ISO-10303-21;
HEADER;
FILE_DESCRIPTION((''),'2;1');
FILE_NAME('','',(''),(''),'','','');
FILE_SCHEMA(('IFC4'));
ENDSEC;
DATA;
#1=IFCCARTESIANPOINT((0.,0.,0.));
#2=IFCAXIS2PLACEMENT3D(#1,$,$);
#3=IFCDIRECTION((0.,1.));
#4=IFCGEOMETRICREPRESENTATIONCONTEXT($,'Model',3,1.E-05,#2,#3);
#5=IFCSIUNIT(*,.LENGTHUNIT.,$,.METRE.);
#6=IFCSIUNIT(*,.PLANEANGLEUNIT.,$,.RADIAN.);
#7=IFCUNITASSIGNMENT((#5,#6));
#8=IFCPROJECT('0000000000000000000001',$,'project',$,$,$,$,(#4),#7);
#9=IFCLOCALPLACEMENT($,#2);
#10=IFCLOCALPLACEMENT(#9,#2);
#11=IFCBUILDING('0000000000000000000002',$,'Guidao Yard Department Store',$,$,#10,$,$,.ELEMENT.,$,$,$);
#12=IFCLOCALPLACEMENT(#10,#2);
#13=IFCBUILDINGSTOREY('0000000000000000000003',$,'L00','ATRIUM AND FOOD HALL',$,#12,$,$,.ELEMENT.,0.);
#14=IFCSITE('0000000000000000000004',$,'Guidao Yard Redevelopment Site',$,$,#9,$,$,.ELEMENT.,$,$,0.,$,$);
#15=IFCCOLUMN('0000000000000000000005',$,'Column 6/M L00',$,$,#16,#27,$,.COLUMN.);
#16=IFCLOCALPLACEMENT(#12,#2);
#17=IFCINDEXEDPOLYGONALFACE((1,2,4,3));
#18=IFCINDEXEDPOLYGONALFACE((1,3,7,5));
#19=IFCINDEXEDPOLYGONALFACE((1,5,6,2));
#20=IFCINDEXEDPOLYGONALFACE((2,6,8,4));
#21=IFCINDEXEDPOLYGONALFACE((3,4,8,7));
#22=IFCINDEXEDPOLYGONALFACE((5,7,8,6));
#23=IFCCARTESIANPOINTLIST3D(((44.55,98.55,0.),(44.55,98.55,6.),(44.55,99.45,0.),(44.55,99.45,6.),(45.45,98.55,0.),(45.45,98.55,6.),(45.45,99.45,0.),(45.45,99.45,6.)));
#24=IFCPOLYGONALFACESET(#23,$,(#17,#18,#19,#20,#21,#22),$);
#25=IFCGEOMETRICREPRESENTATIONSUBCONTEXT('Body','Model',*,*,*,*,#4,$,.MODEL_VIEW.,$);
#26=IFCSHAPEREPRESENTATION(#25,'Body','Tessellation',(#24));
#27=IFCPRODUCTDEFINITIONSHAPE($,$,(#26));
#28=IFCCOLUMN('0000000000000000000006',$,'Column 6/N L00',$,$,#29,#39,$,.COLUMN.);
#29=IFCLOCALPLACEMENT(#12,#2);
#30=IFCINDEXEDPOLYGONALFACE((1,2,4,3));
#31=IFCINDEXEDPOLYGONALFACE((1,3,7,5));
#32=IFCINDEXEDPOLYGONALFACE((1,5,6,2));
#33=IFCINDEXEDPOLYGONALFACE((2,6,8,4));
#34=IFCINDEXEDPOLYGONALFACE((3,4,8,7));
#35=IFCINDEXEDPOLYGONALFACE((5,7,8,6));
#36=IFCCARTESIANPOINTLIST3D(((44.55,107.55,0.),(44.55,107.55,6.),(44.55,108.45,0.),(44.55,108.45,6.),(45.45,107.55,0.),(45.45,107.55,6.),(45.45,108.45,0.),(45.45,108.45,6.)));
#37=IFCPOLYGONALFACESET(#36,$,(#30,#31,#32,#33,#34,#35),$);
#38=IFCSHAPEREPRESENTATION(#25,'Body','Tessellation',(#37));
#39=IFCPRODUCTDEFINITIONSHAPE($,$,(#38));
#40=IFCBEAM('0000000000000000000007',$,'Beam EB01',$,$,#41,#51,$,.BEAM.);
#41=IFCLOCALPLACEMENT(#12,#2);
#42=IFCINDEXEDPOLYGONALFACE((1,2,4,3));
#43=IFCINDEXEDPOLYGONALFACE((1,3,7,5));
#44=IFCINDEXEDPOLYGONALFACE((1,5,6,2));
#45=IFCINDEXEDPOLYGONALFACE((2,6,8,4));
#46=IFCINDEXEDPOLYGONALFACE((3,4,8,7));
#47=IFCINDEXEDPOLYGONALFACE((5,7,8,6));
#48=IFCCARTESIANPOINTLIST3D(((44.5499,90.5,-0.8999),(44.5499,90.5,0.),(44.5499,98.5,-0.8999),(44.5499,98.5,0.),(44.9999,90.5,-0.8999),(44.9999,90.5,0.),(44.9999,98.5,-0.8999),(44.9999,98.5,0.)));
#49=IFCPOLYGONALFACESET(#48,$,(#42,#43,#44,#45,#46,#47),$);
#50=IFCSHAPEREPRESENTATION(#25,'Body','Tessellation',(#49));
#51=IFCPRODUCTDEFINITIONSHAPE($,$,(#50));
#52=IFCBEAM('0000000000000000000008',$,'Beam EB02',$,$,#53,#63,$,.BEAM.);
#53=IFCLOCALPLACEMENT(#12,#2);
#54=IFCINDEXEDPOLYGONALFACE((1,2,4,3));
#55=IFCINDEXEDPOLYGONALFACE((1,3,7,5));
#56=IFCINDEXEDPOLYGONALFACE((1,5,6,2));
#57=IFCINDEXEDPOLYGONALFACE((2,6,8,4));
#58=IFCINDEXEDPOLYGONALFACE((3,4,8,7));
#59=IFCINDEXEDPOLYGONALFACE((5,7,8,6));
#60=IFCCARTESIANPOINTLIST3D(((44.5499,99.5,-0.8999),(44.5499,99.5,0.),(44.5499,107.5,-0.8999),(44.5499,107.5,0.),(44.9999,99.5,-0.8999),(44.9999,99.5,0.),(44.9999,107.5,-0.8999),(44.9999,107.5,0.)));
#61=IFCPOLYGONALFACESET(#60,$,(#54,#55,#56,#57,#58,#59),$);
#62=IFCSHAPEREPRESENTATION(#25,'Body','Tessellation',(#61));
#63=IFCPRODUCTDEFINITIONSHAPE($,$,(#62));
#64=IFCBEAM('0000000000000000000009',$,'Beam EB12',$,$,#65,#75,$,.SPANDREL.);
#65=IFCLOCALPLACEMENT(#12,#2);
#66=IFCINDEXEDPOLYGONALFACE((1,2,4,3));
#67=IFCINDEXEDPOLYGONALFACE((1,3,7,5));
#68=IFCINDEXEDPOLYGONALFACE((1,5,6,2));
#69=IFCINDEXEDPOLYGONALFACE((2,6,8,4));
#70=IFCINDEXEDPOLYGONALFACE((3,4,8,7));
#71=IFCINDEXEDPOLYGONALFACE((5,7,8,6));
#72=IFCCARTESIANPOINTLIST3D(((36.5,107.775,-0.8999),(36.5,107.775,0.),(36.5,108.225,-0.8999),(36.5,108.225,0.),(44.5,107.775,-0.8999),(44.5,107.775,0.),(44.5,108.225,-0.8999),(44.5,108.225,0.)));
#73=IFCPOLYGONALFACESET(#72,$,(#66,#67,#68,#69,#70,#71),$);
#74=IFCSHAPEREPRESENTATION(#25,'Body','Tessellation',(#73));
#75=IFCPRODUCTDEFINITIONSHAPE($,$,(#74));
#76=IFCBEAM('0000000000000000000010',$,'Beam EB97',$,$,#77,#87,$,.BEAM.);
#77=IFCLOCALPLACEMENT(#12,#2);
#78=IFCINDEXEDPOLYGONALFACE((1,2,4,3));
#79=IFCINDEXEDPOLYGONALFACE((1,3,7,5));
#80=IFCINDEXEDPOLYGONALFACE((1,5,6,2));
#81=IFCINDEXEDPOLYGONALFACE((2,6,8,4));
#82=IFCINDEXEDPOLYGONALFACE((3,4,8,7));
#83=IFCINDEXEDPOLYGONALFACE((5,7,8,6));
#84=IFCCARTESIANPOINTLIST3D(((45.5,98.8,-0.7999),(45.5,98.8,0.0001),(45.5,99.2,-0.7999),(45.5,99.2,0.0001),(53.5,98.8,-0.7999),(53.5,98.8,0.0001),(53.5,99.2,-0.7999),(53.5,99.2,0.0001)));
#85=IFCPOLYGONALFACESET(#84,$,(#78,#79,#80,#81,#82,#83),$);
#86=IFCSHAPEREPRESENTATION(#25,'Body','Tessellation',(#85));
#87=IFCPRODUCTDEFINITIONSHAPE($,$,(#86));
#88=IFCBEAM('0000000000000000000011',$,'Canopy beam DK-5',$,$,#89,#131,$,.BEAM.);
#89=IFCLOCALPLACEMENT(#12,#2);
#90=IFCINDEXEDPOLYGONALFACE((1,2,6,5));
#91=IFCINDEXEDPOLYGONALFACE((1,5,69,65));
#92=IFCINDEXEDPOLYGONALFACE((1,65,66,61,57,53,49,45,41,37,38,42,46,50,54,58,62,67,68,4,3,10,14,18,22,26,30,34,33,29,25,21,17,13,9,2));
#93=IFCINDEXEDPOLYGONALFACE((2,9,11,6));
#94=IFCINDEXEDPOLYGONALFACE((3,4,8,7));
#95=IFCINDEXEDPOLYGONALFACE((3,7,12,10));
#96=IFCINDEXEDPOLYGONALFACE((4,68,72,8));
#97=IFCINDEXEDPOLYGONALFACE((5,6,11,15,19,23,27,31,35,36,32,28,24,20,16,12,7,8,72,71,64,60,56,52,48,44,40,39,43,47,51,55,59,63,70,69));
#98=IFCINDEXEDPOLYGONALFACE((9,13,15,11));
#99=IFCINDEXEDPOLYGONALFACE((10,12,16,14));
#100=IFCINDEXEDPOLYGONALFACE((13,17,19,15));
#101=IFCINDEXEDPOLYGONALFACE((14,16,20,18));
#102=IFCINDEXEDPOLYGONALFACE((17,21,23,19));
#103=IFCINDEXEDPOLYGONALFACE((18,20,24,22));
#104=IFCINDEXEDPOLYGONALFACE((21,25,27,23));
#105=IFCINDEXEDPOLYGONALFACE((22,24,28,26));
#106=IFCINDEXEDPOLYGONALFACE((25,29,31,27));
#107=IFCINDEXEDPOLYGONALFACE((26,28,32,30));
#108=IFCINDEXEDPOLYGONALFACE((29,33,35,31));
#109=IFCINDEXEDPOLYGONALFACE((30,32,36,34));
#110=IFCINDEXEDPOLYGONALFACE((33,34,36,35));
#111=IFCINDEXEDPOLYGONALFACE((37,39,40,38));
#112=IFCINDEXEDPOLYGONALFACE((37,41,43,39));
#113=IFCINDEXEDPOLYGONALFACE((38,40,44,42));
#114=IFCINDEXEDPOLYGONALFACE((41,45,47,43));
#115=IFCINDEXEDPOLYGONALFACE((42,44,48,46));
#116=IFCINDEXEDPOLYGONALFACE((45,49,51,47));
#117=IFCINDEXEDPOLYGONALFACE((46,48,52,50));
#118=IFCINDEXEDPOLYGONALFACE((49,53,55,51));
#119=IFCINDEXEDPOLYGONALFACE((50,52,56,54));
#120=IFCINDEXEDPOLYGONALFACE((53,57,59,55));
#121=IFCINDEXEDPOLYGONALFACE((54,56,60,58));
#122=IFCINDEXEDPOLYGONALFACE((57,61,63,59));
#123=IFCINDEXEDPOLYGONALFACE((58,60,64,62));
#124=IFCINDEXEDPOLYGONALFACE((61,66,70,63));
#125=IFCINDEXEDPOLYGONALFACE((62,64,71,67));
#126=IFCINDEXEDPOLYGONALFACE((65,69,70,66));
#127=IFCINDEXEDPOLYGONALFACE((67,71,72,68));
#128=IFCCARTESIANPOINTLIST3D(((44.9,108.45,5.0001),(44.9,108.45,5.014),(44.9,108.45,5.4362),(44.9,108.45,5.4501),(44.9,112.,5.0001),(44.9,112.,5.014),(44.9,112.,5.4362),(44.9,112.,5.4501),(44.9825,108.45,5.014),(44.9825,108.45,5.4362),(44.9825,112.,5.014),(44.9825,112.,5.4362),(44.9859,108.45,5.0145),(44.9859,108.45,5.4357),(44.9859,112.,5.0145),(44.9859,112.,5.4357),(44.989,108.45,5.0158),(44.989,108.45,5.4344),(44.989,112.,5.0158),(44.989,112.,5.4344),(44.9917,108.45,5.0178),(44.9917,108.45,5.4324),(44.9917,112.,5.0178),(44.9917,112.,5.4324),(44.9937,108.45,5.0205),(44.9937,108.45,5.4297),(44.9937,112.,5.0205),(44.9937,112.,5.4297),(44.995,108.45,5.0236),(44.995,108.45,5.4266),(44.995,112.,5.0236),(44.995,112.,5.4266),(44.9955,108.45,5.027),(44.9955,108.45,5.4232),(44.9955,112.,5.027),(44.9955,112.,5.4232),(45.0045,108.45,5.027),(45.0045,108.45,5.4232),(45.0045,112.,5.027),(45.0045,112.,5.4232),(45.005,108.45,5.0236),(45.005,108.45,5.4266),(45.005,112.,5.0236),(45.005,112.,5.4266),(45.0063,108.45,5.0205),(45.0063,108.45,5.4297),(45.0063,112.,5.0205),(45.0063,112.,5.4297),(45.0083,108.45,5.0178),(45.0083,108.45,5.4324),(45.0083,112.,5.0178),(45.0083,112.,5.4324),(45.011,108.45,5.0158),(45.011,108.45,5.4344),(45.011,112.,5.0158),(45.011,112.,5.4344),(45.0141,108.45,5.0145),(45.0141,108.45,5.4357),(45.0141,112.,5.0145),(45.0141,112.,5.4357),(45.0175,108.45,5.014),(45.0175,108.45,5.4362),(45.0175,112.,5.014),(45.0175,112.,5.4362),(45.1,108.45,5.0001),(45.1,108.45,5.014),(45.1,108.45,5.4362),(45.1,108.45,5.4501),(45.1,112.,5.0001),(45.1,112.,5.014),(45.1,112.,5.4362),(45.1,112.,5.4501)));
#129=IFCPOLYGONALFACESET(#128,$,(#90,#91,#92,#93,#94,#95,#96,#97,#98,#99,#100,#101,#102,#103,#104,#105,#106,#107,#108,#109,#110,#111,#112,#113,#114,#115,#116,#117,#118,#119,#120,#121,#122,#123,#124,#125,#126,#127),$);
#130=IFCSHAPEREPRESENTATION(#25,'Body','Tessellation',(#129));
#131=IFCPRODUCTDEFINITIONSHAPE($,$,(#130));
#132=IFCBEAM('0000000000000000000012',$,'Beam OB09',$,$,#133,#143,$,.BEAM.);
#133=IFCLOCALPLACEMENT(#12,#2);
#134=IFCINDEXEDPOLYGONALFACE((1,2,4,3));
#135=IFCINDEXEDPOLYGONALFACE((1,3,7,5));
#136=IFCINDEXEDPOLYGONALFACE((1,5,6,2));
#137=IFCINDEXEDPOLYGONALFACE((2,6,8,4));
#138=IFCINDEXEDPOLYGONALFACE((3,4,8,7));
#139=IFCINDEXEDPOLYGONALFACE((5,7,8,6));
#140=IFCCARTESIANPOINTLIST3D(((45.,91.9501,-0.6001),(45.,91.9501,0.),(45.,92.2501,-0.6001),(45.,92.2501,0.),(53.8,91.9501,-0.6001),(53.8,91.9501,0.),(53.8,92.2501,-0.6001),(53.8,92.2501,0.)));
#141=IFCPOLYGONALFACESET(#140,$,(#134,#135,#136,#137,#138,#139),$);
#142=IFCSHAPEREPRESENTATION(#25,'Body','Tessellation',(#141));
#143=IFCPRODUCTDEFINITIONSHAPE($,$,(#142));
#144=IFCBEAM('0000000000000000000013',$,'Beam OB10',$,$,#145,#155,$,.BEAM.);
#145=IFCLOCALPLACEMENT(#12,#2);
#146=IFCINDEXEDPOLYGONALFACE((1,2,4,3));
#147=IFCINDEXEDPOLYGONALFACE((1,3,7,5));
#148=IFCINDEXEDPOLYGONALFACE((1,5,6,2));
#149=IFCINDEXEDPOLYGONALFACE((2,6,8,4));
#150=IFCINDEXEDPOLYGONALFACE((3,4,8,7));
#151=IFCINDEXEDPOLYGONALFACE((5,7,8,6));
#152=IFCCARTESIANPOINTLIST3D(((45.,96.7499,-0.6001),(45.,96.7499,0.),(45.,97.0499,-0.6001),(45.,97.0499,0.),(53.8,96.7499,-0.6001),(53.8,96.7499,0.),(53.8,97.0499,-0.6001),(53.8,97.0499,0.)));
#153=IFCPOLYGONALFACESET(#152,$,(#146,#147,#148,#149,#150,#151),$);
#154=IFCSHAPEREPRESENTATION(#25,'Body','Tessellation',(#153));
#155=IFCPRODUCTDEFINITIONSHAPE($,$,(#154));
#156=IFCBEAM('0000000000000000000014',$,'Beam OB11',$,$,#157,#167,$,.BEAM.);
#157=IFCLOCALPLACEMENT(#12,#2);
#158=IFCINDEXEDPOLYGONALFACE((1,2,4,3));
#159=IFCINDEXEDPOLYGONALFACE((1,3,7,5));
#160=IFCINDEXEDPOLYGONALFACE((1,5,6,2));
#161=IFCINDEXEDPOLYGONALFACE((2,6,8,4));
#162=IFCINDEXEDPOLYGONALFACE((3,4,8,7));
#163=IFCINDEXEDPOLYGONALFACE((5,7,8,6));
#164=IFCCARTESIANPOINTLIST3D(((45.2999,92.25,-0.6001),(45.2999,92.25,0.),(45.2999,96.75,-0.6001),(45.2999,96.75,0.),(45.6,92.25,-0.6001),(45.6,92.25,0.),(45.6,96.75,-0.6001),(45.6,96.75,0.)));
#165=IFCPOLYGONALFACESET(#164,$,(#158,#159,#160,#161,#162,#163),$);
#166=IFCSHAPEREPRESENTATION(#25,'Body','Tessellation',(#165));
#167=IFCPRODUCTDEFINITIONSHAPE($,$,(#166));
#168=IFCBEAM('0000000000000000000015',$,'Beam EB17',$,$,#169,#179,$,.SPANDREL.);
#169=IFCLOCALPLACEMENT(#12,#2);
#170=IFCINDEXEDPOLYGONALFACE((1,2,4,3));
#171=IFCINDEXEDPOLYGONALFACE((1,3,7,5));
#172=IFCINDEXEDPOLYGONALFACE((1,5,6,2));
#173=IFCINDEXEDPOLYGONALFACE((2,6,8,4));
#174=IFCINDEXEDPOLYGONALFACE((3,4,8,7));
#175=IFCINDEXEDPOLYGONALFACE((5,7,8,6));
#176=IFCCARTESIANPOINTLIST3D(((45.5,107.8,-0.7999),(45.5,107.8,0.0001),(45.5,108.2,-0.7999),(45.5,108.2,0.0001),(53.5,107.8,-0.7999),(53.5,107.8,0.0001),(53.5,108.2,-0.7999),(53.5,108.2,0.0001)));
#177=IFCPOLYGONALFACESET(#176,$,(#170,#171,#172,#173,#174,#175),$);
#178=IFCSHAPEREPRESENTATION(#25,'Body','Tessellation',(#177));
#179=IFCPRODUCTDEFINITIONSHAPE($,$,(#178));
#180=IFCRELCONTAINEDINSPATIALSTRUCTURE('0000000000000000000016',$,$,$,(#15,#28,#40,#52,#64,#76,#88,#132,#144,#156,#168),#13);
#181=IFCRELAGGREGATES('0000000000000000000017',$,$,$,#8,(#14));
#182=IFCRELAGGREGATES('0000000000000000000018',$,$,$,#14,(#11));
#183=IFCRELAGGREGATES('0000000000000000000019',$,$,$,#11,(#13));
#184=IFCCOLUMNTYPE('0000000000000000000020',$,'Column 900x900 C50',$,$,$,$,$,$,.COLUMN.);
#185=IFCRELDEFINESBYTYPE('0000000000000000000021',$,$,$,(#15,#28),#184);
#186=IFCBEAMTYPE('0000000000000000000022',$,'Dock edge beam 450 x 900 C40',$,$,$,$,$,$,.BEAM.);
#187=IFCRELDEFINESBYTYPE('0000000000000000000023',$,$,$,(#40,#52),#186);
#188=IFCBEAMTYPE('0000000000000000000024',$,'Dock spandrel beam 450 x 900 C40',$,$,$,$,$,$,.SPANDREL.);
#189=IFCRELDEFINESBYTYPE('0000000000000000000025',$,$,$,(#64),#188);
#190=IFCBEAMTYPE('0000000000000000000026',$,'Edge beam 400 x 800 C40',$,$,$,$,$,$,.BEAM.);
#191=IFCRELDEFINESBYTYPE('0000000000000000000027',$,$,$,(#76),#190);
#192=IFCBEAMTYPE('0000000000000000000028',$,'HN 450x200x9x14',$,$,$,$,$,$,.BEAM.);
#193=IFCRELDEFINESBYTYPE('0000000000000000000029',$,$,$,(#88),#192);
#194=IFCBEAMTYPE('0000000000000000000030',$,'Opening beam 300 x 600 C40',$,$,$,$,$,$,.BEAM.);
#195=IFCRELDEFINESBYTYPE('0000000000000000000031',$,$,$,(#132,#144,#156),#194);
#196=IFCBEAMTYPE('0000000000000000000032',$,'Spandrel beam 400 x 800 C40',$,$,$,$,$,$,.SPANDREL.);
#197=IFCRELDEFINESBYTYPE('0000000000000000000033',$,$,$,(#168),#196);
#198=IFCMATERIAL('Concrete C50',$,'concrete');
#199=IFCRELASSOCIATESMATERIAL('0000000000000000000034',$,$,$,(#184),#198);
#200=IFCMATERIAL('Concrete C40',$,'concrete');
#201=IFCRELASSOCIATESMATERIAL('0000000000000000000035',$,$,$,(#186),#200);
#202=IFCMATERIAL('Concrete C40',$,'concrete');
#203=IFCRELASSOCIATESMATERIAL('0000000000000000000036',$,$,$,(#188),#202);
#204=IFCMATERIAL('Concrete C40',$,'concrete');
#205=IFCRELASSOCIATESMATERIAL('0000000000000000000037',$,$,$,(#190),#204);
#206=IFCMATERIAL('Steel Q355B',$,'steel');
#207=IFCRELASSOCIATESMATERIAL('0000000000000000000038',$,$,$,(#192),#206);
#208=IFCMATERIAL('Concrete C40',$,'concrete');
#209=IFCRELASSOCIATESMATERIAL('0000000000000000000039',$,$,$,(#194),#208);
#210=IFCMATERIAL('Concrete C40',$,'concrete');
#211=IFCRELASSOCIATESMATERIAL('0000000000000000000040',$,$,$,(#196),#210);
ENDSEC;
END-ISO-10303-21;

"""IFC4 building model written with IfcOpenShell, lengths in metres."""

from ifc_helpers import new_model, si_unit, direction, frame, origin, origin_2d, place, context, subcontext, project, spatial, rectangle, i_section, extrude, material, material_profile, profile_set, type_object, element, save


model = new_model("IFC4")

# Units and contexts
model_context = context("Model", 3, precision=1e-05, world=origin(), true_north=direction((0.0, 1.0)))
body_context = subcontext(model_context, "Body", "Model", "MODEL_VIEW")
ifc_project = project(units=[si_unit("LENGTHUNIT", "METRE"), si_unit("PLANEANGLEUNIT", "RADIAN")], contexts=[model_context])

# Site, building, storey
site_placement = place(None, origin())
site = spatial("IfcSite", under=ifc_project, at=site_placement, Name="Guidao Yard Redevelopment Site", CompositionType="ELEMENT", RefElevation=0.0)
building_placement = place(site_placement, origin())
building = spatial("IfcBuilding", under=site, at=building_placement, Name="Guidao Yard Department Store", CompositionType="ELEMENT")
storey_placement = place(building_placement, origin())
storey = spatial("IfcBuildingStorey", under=building, at=storey_placement, Name="L00", Description="ATRIUM AND FOOD HALL", CompositionType="ELEMENT", Elevation=0.0)

# Columns
ifc_material_1 = material(Name="Concrete C50", Category="concrete")
ifc_material_profile_1 = material_profile(ifc_material_1, rectangle(XDim=0.8999, YDim=0.8999, at=origin_2d()), Name="COL 900x900")
ifc_profile_set_1 = profile_set([ifc_material_profile_1], Name="Concrete C50")
column_type = type_object("IfcColumnType", Name="Column 900x900 C50", PredefinedType="COLUMN", material=ifc_profile_set_1)
for number, where, z_axis, x_axis, name in (
    (1, (45.0, 99.0, 0.0), (0.0, 0.0, 1.0), (1.0, 0.0, 0.0), "Column 6/M L00"),
    (2, (45.0, 108.0, 0.0), (0.0, 0.0, 1.0), (1.0, 0.0, 0.0), "Column 6/N L00"),
):
    element("IfcColumn", number, at=place(storey_placement, frame(where, z_axis=z_axis, x_axis=x_axis)), inside=storey, type_object=column_type, Name=name, PredefinedType="COLUMN", context=body_context, shape_type="SweptSolid", body=[
        extrude(rectangle(XDim=0.8999, YDim=0.8999, at=origin_2d()), origin(), (0.0, 0.0, 1.0), 6.0),
    ])

# Beams
ifc_material_2 = material(Name="Concrete C40", Category="concrete")
ifc_material_profile_2 = material_profile(ifc_material_2, rectangle(XDim=0.45, YDim=0.8999, at=origin_2d()), Name="Dock edge beam 450 x 900 C40")
ifc_profile_set_2 = profile_set([ifc_material_profile_2], Name="Concrete C40")
beam_type_1 = type_object("IfcBeamType", Name="Dock edge beam 450 x 900 C40", PredefinedType="BEAM", material=ifc_profile_set_2)
for number, where, z_axis, x_axis, name in (
    (3, (44.7749, 90.5, -0.45), (0.0, 1.0, 0.0), (-1.0, 0.0, 0.0), "Beam EB01"),
    (4, (44.7749, 99.5, -0.45), (0.0, 1.0, 0.0), (-1.0, 0.0, 0.0), "Beam EB02"),
):
    element("IfcBeam", number, at=place(storey_placement, frame(where, z_axis=z_axis, x_axis=x_axis)), inside=storey, type_object=beam_type_1, Name=name, PredefinedType="BEAM", context=body_context, shape_type="SweptSolid", body=[
        extrude(rectangle(XDim=0.45, YDim=0.8999, at=origin_2d()), origin(), (0.0, 0.0, 1.0), 8.0),
    ])
ifc_material_3 = material(Name="Concrete C40", Category="concrete")
ifc_material_profile_3 = material_profile(ifc_material_3, rectangle(XDim=0.45, YDim=0.8999, at=origin_2d()), Name="Dock spandrel beam 450 x 900 C40")
ifc_profile_set_3 = profile_set([ifc_material_profile_3], Name="Concrete C40")
beam_type_2 = type_object("IfcBeamType", Name="Dock spandrel beam 450 x 900 C40", PredefinedType="SPANDREL", material=ifc_profile_set_3)
beam_1_placement = place(storey_placement, frame((36.5, 108.0, -0.45), z_axis=(1.0, 0.0, 0.0), x_axis=(0.0, 1.0, 0.0)))
element("IfcBeam", 5, at=beam_1_placement, inside=storey, type_object=beam_type_2, Name="Beam EB12", PredefinedType="SPANDREL", context=body_context, shape_type="SweptSolid", body=[
    extrude(rectangle(XDim=0.45, YDim=0.8999, at=origin_2d()), origin(), (0.0, 0.0, 1.0), 8.0),
])
ifc_material_4 = material(Name="Concrete C40", Category="concrete")
ifc_material_profile_4 = material_profile(ifc_material_4, rectangle(XDim=0.3999, YDim=0.8, at=origin_2d()), Name="Edge beam 400 x 800 C40")
ifc_profile_set_4 = profile_set([ifc_material_profile_4], Name="Concrete C40")
beam_type_3 = type_object("IfcBeamType", Name="Edge beam 400 x 800 C40", PredefinedType="BEAM", material=ifc_profile_set_4)
beam_2_placement = place(storey_placement, frame((45.5, 99.0, -0.3999), z_axis=(1.0, 0.0, 0.0), x_axis=(0.0, 1.0, 0.0)))
element("IfcBeam", 6, at=beam_2_placement, inside=storey, type_object=beam_type_3, Name="Beam EB97", PredefinedType="BEAM", context=body_context, shape_type="SweptSolid", body=[
    extrude(rectangle(XDim=0.3999, YDim=0.8, at=origin_2d()), origin(), (0.0, 0.0, 1.0), 8.0),
])
ifc_material_5 = material(Name="Steel Q355B", Category="steel")
ifc_material_profile_5 = material_profile(ifc_material_5, i_section(OverallWidth=0.2, OverallDepth=0.45, WebThickness=0.009, FlangeThickness=0.0139, FilletRadius=0.0129, at=origin_2d()), Name="HN 450x200x9x14")
ifc_profile_set_5 = profile_set([ifc_material_profile_5], Name="Steel Q355B")
beam_type_4 = type_object("IfcBeamType", Name="HN 450x200x9x14", PredefinedType="BEAM", material=ifc_profile_set_5)
beam_3_placement = place(storey_placement, frame((45.0, 108.45, 5.2251), z_axis=(0.0, 1.0, 0.0), x_axis=(-1.0, 0.0, 0.0)))
element("IfcBeam", 7, at=beam_3_placement, inside=storey, type_object=beam_type_4, Name="Canopy beam DK-5", PredefinedType="BEAM", context=body_context, shape_type="SweptSolid", body=[
    extrude(i_section(OverallWidth=0.2, OverallDepth=0.45, WebThickness=0.009, FlangeThickness=0.0139, FilletRadius=0.0129, at=origin_2d()), origin(), (0.0, 0.0, 1.0), 3.55),
])
ifc_material_6 = material(Name="Concrete C40", Category="concrete")
ifc_material_profile_6 = material_profile(ifc_material_6, rectangle(XDim=0.3, YDim=0.6001, at=origin_2d()), Name="Opening beam 300 x 600 C40")
ifc_profile_set_6 = profile_set([ifc_material_profile_6], Name="Concrete C40")
beam_type_5 = type_object("IfcBeamType", Name="Opening beam 300 x 600 C40", PredefinedType="BEAM", material=ifc_profile_set_6)
for number, where, z_axis, x_axis, name in (
    (8, (45.0, 92.1001, -0.3), (1.0, 0.0, 0.0), (0.0, 1.0, 0.0), "Beam OB09"),
    (9, (45.0, 96.8999, -0.3), (1.0, 0.0, 0.0), (0.0, 1.0, 0.0), "Beam OB10"),
):
    element("IfcBeam", number, at=place(storey_placement, frame(where, z_axis=z_axis, x_axis=x_axis)), inside=storey, type_object=beam_type_5, Name=name, PredefinedType="BEAM", context=body_context, shape_type="SweptSolid", body=[
        extrude(rectangle(XDim=0.3, YDim=0.6001, at=origin_2d()), origin(), (0.0, 0.0, 1.0), 8.8),
    ])
beam_4_placement = place(storey_placement, frame((45.45, 92.25, -0.3), z_axis=(0.0, 1.0, 0.0), x_axis=(-1.0, 0.0, 0.0)))
element("IfcBeam", 10, at=beam_4_placement, inside=storey, type_object=beam_type_5, Name="Beam OB11", PredefinedType="BEAM", context=body_context, shape_type="SweptSolid", body=[
    extrude(rectangle(XDim=0.3, YDim=0.6001, at=origin_2d()), origin(), (0.0, 0.0, 1.0), 4.5),
])
ifc_material_7 = material(Name="Concrete C40", Category="concrete")
ifc_material_profile_7 = material_profile(ifc_material_7, rectangle(XDim=0.3999, YDim=0.8, at=origin_2d()), Name="Spandrel beam 400 x 800 C40")
ifc_profile_set_7 = profile_set([ifc_material_profile_7], Name="Concrete C40")
beam_type_6 = type_object("IfcBeamType", Name="Spandrel beam 400 x 800 C40", PredefinedType="SPANDREL", material=ifc_profile_set_7)
beam_5_placement = place(storey_placement, frame((45.5, 108.0, -0.3999), z_axis=(1.0, 0.0, 0.0), x_axis=(0.0, 1.0, 0.0)))
element("IfcBeam", 11, at=beam_5_placement, inside=storey, type_object=beam_type_6, Name="Beam EB17", PredefinedType="SPANDREL", context=body_context, shape_type="SweptSolid", body=[
    extrude(rectangle(XDim=0.3999, YDim=0.8, at=origin_2d()), origin(), (0.0, 0.0, 1.0), 8.0),
])

save(model, "model.ifc")
